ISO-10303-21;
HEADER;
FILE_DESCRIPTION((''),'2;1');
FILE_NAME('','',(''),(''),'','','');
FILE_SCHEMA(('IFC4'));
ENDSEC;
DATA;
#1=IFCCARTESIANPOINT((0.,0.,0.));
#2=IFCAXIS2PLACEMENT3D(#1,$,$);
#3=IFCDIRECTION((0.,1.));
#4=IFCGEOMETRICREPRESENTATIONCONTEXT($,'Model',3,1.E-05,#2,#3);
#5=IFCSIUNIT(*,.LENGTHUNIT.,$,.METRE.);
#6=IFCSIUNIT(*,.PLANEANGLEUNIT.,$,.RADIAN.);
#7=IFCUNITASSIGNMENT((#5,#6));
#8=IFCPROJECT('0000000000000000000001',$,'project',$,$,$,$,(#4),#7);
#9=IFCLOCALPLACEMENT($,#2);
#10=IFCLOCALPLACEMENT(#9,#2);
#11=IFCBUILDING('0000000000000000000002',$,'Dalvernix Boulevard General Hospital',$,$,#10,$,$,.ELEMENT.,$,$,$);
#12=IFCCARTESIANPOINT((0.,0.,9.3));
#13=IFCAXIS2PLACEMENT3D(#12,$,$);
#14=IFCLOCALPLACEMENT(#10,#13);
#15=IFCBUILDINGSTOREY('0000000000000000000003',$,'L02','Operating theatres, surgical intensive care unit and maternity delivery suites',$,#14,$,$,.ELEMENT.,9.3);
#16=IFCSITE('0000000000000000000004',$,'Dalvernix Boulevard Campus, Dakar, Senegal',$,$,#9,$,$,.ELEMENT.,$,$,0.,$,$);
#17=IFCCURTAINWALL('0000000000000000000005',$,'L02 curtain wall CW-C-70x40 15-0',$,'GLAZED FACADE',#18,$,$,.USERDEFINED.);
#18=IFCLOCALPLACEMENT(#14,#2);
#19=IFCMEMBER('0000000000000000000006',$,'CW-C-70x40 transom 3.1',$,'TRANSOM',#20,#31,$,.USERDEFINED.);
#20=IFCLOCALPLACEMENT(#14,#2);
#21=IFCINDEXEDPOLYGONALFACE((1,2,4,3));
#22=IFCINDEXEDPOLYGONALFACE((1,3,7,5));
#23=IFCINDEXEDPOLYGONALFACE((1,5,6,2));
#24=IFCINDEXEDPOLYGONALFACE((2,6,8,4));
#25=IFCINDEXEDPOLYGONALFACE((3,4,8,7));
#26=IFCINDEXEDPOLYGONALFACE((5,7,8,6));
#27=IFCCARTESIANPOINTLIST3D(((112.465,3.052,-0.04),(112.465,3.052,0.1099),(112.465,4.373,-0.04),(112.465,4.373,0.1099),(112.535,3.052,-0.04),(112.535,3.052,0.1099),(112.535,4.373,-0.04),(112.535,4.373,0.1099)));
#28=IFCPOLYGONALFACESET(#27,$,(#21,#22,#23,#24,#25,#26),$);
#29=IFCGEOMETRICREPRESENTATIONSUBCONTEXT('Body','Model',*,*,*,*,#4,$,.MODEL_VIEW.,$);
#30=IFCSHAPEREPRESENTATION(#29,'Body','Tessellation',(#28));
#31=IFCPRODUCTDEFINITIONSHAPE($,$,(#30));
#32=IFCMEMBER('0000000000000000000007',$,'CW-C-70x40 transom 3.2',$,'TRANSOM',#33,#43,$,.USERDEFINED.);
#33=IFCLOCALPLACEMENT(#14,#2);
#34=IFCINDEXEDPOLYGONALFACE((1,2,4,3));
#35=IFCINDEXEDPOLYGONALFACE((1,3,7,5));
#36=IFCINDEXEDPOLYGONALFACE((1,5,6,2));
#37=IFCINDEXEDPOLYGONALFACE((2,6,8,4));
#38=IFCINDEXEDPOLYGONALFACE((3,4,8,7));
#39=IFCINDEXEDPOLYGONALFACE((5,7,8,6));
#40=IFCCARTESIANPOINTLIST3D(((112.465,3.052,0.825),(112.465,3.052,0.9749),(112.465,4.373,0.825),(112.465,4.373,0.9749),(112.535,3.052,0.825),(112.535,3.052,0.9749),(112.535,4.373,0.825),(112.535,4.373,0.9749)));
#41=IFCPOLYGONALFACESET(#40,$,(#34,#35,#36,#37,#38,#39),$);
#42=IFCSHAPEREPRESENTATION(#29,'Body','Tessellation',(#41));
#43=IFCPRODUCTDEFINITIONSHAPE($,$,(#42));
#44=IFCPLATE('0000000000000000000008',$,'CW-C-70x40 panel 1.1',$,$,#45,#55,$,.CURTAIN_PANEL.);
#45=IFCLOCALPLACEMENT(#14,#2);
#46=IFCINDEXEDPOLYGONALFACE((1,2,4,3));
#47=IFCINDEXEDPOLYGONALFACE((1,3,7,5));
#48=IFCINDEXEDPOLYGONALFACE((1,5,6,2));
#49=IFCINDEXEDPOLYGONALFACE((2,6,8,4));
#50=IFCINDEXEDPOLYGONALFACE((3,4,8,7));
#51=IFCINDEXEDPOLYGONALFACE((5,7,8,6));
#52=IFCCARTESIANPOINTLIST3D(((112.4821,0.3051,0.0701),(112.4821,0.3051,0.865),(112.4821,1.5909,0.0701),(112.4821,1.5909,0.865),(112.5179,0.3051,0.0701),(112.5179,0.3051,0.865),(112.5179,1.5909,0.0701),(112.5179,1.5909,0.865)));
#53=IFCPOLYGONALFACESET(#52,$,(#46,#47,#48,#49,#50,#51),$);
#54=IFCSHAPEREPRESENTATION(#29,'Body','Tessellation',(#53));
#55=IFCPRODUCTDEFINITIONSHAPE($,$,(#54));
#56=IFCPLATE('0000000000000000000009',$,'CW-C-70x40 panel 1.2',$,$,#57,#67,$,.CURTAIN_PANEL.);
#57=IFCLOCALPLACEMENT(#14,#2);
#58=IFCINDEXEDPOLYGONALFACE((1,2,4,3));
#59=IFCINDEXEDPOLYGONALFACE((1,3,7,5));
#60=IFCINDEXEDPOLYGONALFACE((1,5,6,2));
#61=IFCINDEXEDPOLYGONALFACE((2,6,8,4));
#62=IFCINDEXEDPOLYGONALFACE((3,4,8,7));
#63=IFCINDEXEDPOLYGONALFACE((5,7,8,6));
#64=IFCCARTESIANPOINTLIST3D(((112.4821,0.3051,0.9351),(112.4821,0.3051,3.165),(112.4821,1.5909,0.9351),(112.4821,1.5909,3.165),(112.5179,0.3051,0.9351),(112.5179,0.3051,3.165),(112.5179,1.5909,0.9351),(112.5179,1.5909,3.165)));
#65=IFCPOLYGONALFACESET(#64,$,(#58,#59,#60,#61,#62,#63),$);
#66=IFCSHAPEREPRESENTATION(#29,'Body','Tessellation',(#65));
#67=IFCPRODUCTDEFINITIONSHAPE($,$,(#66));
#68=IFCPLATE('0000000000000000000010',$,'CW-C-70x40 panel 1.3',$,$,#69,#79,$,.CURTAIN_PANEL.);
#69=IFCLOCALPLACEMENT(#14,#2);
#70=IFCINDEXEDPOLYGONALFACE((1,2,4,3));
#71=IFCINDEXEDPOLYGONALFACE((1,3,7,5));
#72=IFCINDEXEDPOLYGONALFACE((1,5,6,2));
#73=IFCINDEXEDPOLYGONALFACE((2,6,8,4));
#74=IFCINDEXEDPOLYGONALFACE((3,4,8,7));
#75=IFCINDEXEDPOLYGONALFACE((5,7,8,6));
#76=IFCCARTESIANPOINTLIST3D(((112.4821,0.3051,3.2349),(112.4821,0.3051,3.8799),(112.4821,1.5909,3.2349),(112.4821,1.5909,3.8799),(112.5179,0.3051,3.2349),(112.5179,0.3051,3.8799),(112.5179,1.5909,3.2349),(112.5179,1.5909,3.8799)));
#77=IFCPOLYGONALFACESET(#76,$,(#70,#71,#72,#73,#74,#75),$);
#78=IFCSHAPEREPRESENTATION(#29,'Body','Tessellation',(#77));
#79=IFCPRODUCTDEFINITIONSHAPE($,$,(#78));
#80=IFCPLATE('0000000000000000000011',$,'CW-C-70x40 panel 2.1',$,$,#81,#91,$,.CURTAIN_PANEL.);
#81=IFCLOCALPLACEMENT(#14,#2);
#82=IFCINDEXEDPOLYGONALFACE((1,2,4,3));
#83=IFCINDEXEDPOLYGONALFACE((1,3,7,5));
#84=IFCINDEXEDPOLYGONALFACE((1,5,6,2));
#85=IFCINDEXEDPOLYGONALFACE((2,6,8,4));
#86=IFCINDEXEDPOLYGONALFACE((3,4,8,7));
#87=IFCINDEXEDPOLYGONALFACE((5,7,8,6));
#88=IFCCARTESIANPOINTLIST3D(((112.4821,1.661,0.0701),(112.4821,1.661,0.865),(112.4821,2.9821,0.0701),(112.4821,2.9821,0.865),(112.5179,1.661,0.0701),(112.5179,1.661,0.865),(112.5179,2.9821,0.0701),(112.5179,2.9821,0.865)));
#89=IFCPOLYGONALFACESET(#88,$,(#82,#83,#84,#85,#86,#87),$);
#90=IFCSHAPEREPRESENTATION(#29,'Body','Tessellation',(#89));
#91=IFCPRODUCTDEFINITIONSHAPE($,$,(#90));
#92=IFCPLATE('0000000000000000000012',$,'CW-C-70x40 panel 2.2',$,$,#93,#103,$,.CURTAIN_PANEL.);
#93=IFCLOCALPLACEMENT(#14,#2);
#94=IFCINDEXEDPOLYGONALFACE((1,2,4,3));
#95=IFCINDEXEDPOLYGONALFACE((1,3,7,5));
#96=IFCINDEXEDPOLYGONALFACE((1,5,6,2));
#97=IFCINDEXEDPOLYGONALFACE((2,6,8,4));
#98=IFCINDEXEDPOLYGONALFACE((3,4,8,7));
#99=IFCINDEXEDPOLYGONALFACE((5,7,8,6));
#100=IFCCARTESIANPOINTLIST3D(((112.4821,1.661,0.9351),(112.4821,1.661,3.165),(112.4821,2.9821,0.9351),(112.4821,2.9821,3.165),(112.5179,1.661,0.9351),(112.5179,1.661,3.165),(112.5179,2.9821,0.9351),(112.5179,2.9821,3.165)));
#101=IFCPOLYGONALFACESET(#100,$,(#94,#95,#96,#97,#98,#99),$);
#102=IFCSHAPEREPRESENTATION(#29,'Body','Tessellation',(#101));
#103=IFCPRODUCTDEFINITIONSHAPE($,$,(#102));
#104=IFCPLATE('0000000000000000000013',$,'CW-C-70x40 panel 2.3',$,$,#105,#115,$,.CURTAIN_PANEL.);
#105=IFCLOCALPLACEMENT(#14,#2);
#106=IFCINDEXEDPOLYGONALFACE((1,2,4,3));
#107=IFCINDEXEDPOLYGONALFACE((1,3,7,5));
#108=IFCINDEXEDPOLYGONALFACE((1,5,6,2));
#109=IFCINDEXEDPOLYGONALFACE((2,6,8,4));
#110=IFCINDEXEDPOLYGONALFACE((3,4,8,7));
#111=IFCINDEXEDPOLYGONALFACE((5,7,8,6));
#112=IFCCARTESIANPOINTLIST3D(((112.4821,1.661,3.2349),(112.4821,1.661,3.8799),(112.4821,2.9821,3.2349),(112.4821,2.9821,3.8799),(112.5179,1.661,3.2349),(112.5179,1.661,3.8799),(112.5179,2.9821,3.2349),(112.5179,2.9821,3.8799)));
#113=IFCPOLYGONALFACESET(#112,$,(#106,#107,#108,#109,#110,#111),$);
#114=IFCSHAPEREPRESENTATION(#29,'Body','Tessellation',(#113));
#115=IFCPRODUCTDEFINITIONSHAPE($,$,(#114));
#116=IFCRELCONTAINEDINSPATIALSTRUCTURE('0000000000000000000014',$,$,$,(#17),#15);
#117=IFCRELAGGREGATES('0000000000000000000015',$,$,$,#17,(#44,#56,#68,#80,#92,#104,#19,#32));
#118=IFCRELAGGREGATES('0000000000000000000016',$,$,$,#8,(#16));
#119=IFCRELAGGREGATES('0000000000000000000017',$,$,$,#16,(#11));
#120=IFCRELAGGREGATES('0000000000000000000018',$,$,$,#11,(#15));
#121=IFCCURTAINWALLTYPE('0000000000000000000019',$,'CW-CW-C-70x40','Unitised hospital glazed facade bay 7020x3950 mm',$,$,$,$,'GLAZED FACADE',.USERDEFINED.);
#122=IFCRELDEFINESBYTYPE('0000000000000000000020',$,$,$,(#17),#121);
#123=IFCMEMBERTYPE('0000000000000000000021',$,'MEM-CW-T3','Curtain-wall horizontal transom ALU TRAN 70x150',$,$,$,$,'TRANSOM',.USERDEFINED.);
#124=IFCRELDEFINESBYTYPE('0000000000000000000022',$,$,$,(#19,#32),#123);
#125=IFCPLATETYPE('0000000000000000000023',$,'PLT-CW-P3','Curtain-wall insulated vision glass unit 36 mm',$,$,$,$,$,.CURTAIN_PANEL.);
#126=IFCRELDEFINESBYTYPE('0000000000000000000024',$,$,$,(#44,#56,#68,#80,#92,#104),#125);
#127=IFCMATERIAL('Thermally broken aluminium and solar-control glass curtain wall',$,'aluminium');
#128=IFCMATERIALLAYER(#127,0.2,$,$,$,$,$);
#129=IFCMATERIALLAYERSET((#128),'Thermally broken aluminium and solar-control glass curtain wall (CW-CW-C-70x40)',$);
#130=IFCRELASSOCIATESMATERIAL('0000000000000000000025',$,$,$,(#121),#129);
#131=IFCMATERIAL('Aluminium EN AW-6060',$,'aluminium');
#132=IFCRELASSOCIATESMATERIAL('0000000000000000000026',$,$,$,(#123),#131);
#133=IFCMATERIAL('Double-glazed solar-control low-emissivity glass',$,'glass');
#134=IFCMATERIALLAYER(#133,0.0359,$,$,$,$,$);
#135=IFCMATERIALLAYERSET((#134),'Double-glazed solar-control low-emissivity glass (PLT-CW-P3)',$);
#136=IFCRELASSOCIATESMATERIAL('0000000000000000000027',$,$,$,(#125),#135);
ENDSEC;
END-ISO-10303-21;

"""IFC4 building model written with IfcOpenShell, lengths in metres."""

from ifc_helpers import new_model, si_unit, direction, frame, origin, origin_2d, place, context, subcontext, project, spatial, rectangle, extrude, material, layer, layer_set, material_profile, profile_set, type_object, element, aggregate, save


model = new_model("IFC4")

# Units and contexts
model_context = context("Model", 3, precision=1e-05, world=origin(), true_north=direction((0.0, 1.0)))
body_context = subcontext(model_context, "Body", "Model", "MODEL_VIEW")
ifc_project = project(units=[si_unit("LENGTHUNIT", "METRE"), si_unit("PLANEANGLEUNIT", "RADIAN")], contexts=[model_context])

# Site, building, storey
site_placement = place(None, origin())
site = spatial("IfcSite", under=ifc_project, at=site_placement, Name="Dalvernix Boulevard Campus, Dakar, Senegal", CompositionType="ELEMENT", RefElevation=0.0)
building_placement = place(site_placement, origin())
building = spatial("IfcBuilding", under=site, at=building_placement, Name="Dalvernix Boulevard General Hospital", CompositionType="ELEMENT")
storey_placement = place(building_placement, frame((0.0, 0.0, 9.3)))
storey = spatial("IfcBuildingStorey", under=building, at=storey_placement, Name="L02", Description="Operating theatres, surgical intensive care unit and maternity delivery suites", CompositionType="ELEMENT", Elevation=9.3)

# Curtain wall, members, plates
ifc_material_1 = material(Name="Thermally broken aluminium and solar-control glass curtain wall", Category="aluminium")
ifc_layer_1 = layer(ifc_material_1, 0.2)
ifc_layer_set_1 = layer_set([ifc_layer_1], Name="Thermally broken aluminium and solar-control glass curtain wall (CW-CW-C-70x40)")
curtain_wall_type = type_object("IfcCurtainWallType", Name="CW-CW-C-70x40", Description="Unitised hospital glazed facade bay 7020x3950 mm", ElementType="GLAZED FACADE", PredefinedType="USERDEFINED", material=ifc_layer_set_1)
curtain_wall_placement = place(storey_placement, origin())
curtain_wall = element("IfcCurtainWall", 1, at=curtain_wall_placement, inside=storey, type_object=curtain_wall_type, Name="L02 curtain wall CW-C-70x40 15-0", ObjectType="GLAZED FACADE", PredefinedType="USERDEFINED")
ifc_material_2 = material(Name="Aluminium EN AW-6060", Category="aluminium")
ifc_material_profile_1 = material_profile(ifc_material_2, rectangle(XDim=0.0701, YDim=0.1499, at=origin_2d()), Name="ALU TRAN 70x150")
ifc_profile_set_1 = profile_set([ifc_material_profile_1], Name="Aluminium EN AW-6060")
member_type_1 = type_object("IfcMemberType", Name="MEM-CW-T3", Description="Curtain-wall horizontal transom ALU TRAN 70x150", ElementType="TRANSOM", PredefinedType="USERDEFINED", material=ifc_profile_set_1)
member_1_placement = place(storey_placement, frame((112.5, 3.052, 0.0349), z_axis=(0.0, 1.0, 0.0), x_axis=(-1.0, 0.0, 0.0)))
member_1 = element("IfcMember", 2, at=member_1_placement, type_object=member_type_1, Name="CW-C-70x40 transom 3.1", ObjectType="TRANSOM", PredefinedType="USERDEFINED", context=body_context, shape_type="SweptSolid", body=[
    extrude(rectangle(XDim=0.0701, YDim=0.1499, at=origin_2d()), origin(), (0.0, 0.0, 1.0), 1.321),
])
member_2_placement = place(storey_placement, frame((112.5, 3.052, 0.8999), z_axis=(0.0, 1.0, 0.0), x_axis=(-1.0, 0.0, 0.0)))
member_2 = element("IfcMember", 3, at=member_2_placement, type_object=member_type_1, Name="CW-C-70x40 transom 3.2", ObjectType="TRANSOM", PredefinedType="USERDEFINED", context=body_context, shape_type="SweptSolid", body=[
    extrude(rectangle(XDim=0.0701, YDim=0.1499, at=origin_2d()), origin(), (0.0, 0.0, 1.0), 1.321),
])
ifc_material_3 = material(Name="Double-glazed solar-control low-emissivity glass", Category="glass")
ifc_layer_2 = layer(ifc_material_3, 0.0359)
ifc_layer_set_2 = layer_set([ifc_layer_2], Name="Double-glazed solar-control low-emissivity glass (PLT-CW-P3)")
plate_type = type_object("IfcPlateType", Name="PLT-CW-P3", Description="Curtain-wall insulated vision glass unit 36 mm", PredefinedType="CURTAIN_PANEL", material=ifc_layer_set_2)
plate_1_placement = place(storey_placement, frame((112.5, 0.948, 0.0701), z_axis=(0.0, 0.0, 1.0), x_axis=(0.0, 1.0, 0.0)))
plate_1 = element("IfcPlate", 4, at=plate_1_placement, type_object=plate_type, Name="CW-C-70x40 panel 1.1", PredefinedType="CURTAIN_PANEL", context=body_context, shape_type="SweptSolid", body=[
    extrude(rectangle(XDim=1.2859, YDim=0.0359, at=origin_2d()), origin(), (0.0, 0.0, 1.0), 0.7949),
])
plate_2_placement = place(storey_placement, frame((112.5, 0.948, 0.9351), z_axis=(0.0, 0.0, 1.0), x_axis=(0.0, 1.0, 0.0)))
plate_2 = element("IfcPlate", 5, at=plate_2_placement, type_object=plate_type, Name="CW-C-70x40 panel 1.2", PredefinedType="CURTAIN_PANEL", context=body_context, shape_type="SweptSolid", body=[
    extrude(rectangle(XDim=1.2859, YDim=0.0359, at=origin_2d()), origin(), (0.0, 0.0, 1.0), 2.23),
])
plate_3_placement = place(storey_placement, frame((112.5, 0.948, 3.2349), z_axis=(0.0, 0.0, 1.0), x_axis=(0.0, 1.0, 0.0)))
plate_3 = element("IfcPlate", 6, at=plate_3_placement, type_object=plate_type, Name="CW-C-70x40 panel 1.3", PredefinedType="CURTAIN_PANEL", context=body_context, shape_type="SweptSolid", body=[
    extrude(rectangle(XDim=1.2859, YDim=0.0359, at=origin_2d()), origin(), (0.0, 0.0, 1.0), 0.645),
])
plate_4_placement = place(storey_placement, frame((112.5, 2.3215, 0.0701), z_axis=(0.0, 0.0, 1.0), x_axis=(0.0, 1.0, 0.0)))
plate_4 = element("IfcPlate", 7, at=plate_4_placement, type_object=plate_type, Name="CW-C-70x40 panel 2.1", PredefinedType="CURTAIN_PANEL", context=body_context, shape_type="SweptSolid", body=[
    extrude(rectangle(XDim=1.321, YDim=0.0359, at=origin_2d()), origin(), (0.0, 0.0, 1.0), 0.7949),
])
plate_5_placement = place(storey_placement, frame((112.5, 2.3215, 0.9351), z_axis=(0.0, 0.0, 1.0), x_axis=(0.0, 1.0, 0.0)))
plate_5 = element("IfcPlate", 8, at=plate_5_placement, type_object=plate_type, Name="CW-C-70x40 panel 2.2", PredefinedType="CURTAIN_PANEL", context=body_context, shape_type="SweptSolid", body=[
    extrude(rectangle(XDim=1.321, YDim=0.0359, at=origin_2d()), origin(), (0.0, 0.0, 1.0), 2.23),
])
plate_6_placement = place(storey_placement, frame((112.5, 2.3215, 3.2349), z_axis=(0.0, 0.0, 1.0), x_axis=(0.0, 1.0, 0.0)))
plate_6 = element("IfcPlate", 9, at=plate_6_placement, type_object=plate_type, Name="CW-C-70x40 panel 2.3", PredefinedType="CURTAIN_PANEL", context=body_context, shape_type="SweptSolid", body=[
    extrude(rectangle(XDim=1.321, YDim=0.0359, at=origin_2d()), origin(), (0.0, 0.0, 1.0), 0.645),
])
aggregate(curtain_wall, [plate_1, plate_2, plate_3, plate_4, plate_5, plate_6, member_1, member_2])

save(model, "model.ifc")
